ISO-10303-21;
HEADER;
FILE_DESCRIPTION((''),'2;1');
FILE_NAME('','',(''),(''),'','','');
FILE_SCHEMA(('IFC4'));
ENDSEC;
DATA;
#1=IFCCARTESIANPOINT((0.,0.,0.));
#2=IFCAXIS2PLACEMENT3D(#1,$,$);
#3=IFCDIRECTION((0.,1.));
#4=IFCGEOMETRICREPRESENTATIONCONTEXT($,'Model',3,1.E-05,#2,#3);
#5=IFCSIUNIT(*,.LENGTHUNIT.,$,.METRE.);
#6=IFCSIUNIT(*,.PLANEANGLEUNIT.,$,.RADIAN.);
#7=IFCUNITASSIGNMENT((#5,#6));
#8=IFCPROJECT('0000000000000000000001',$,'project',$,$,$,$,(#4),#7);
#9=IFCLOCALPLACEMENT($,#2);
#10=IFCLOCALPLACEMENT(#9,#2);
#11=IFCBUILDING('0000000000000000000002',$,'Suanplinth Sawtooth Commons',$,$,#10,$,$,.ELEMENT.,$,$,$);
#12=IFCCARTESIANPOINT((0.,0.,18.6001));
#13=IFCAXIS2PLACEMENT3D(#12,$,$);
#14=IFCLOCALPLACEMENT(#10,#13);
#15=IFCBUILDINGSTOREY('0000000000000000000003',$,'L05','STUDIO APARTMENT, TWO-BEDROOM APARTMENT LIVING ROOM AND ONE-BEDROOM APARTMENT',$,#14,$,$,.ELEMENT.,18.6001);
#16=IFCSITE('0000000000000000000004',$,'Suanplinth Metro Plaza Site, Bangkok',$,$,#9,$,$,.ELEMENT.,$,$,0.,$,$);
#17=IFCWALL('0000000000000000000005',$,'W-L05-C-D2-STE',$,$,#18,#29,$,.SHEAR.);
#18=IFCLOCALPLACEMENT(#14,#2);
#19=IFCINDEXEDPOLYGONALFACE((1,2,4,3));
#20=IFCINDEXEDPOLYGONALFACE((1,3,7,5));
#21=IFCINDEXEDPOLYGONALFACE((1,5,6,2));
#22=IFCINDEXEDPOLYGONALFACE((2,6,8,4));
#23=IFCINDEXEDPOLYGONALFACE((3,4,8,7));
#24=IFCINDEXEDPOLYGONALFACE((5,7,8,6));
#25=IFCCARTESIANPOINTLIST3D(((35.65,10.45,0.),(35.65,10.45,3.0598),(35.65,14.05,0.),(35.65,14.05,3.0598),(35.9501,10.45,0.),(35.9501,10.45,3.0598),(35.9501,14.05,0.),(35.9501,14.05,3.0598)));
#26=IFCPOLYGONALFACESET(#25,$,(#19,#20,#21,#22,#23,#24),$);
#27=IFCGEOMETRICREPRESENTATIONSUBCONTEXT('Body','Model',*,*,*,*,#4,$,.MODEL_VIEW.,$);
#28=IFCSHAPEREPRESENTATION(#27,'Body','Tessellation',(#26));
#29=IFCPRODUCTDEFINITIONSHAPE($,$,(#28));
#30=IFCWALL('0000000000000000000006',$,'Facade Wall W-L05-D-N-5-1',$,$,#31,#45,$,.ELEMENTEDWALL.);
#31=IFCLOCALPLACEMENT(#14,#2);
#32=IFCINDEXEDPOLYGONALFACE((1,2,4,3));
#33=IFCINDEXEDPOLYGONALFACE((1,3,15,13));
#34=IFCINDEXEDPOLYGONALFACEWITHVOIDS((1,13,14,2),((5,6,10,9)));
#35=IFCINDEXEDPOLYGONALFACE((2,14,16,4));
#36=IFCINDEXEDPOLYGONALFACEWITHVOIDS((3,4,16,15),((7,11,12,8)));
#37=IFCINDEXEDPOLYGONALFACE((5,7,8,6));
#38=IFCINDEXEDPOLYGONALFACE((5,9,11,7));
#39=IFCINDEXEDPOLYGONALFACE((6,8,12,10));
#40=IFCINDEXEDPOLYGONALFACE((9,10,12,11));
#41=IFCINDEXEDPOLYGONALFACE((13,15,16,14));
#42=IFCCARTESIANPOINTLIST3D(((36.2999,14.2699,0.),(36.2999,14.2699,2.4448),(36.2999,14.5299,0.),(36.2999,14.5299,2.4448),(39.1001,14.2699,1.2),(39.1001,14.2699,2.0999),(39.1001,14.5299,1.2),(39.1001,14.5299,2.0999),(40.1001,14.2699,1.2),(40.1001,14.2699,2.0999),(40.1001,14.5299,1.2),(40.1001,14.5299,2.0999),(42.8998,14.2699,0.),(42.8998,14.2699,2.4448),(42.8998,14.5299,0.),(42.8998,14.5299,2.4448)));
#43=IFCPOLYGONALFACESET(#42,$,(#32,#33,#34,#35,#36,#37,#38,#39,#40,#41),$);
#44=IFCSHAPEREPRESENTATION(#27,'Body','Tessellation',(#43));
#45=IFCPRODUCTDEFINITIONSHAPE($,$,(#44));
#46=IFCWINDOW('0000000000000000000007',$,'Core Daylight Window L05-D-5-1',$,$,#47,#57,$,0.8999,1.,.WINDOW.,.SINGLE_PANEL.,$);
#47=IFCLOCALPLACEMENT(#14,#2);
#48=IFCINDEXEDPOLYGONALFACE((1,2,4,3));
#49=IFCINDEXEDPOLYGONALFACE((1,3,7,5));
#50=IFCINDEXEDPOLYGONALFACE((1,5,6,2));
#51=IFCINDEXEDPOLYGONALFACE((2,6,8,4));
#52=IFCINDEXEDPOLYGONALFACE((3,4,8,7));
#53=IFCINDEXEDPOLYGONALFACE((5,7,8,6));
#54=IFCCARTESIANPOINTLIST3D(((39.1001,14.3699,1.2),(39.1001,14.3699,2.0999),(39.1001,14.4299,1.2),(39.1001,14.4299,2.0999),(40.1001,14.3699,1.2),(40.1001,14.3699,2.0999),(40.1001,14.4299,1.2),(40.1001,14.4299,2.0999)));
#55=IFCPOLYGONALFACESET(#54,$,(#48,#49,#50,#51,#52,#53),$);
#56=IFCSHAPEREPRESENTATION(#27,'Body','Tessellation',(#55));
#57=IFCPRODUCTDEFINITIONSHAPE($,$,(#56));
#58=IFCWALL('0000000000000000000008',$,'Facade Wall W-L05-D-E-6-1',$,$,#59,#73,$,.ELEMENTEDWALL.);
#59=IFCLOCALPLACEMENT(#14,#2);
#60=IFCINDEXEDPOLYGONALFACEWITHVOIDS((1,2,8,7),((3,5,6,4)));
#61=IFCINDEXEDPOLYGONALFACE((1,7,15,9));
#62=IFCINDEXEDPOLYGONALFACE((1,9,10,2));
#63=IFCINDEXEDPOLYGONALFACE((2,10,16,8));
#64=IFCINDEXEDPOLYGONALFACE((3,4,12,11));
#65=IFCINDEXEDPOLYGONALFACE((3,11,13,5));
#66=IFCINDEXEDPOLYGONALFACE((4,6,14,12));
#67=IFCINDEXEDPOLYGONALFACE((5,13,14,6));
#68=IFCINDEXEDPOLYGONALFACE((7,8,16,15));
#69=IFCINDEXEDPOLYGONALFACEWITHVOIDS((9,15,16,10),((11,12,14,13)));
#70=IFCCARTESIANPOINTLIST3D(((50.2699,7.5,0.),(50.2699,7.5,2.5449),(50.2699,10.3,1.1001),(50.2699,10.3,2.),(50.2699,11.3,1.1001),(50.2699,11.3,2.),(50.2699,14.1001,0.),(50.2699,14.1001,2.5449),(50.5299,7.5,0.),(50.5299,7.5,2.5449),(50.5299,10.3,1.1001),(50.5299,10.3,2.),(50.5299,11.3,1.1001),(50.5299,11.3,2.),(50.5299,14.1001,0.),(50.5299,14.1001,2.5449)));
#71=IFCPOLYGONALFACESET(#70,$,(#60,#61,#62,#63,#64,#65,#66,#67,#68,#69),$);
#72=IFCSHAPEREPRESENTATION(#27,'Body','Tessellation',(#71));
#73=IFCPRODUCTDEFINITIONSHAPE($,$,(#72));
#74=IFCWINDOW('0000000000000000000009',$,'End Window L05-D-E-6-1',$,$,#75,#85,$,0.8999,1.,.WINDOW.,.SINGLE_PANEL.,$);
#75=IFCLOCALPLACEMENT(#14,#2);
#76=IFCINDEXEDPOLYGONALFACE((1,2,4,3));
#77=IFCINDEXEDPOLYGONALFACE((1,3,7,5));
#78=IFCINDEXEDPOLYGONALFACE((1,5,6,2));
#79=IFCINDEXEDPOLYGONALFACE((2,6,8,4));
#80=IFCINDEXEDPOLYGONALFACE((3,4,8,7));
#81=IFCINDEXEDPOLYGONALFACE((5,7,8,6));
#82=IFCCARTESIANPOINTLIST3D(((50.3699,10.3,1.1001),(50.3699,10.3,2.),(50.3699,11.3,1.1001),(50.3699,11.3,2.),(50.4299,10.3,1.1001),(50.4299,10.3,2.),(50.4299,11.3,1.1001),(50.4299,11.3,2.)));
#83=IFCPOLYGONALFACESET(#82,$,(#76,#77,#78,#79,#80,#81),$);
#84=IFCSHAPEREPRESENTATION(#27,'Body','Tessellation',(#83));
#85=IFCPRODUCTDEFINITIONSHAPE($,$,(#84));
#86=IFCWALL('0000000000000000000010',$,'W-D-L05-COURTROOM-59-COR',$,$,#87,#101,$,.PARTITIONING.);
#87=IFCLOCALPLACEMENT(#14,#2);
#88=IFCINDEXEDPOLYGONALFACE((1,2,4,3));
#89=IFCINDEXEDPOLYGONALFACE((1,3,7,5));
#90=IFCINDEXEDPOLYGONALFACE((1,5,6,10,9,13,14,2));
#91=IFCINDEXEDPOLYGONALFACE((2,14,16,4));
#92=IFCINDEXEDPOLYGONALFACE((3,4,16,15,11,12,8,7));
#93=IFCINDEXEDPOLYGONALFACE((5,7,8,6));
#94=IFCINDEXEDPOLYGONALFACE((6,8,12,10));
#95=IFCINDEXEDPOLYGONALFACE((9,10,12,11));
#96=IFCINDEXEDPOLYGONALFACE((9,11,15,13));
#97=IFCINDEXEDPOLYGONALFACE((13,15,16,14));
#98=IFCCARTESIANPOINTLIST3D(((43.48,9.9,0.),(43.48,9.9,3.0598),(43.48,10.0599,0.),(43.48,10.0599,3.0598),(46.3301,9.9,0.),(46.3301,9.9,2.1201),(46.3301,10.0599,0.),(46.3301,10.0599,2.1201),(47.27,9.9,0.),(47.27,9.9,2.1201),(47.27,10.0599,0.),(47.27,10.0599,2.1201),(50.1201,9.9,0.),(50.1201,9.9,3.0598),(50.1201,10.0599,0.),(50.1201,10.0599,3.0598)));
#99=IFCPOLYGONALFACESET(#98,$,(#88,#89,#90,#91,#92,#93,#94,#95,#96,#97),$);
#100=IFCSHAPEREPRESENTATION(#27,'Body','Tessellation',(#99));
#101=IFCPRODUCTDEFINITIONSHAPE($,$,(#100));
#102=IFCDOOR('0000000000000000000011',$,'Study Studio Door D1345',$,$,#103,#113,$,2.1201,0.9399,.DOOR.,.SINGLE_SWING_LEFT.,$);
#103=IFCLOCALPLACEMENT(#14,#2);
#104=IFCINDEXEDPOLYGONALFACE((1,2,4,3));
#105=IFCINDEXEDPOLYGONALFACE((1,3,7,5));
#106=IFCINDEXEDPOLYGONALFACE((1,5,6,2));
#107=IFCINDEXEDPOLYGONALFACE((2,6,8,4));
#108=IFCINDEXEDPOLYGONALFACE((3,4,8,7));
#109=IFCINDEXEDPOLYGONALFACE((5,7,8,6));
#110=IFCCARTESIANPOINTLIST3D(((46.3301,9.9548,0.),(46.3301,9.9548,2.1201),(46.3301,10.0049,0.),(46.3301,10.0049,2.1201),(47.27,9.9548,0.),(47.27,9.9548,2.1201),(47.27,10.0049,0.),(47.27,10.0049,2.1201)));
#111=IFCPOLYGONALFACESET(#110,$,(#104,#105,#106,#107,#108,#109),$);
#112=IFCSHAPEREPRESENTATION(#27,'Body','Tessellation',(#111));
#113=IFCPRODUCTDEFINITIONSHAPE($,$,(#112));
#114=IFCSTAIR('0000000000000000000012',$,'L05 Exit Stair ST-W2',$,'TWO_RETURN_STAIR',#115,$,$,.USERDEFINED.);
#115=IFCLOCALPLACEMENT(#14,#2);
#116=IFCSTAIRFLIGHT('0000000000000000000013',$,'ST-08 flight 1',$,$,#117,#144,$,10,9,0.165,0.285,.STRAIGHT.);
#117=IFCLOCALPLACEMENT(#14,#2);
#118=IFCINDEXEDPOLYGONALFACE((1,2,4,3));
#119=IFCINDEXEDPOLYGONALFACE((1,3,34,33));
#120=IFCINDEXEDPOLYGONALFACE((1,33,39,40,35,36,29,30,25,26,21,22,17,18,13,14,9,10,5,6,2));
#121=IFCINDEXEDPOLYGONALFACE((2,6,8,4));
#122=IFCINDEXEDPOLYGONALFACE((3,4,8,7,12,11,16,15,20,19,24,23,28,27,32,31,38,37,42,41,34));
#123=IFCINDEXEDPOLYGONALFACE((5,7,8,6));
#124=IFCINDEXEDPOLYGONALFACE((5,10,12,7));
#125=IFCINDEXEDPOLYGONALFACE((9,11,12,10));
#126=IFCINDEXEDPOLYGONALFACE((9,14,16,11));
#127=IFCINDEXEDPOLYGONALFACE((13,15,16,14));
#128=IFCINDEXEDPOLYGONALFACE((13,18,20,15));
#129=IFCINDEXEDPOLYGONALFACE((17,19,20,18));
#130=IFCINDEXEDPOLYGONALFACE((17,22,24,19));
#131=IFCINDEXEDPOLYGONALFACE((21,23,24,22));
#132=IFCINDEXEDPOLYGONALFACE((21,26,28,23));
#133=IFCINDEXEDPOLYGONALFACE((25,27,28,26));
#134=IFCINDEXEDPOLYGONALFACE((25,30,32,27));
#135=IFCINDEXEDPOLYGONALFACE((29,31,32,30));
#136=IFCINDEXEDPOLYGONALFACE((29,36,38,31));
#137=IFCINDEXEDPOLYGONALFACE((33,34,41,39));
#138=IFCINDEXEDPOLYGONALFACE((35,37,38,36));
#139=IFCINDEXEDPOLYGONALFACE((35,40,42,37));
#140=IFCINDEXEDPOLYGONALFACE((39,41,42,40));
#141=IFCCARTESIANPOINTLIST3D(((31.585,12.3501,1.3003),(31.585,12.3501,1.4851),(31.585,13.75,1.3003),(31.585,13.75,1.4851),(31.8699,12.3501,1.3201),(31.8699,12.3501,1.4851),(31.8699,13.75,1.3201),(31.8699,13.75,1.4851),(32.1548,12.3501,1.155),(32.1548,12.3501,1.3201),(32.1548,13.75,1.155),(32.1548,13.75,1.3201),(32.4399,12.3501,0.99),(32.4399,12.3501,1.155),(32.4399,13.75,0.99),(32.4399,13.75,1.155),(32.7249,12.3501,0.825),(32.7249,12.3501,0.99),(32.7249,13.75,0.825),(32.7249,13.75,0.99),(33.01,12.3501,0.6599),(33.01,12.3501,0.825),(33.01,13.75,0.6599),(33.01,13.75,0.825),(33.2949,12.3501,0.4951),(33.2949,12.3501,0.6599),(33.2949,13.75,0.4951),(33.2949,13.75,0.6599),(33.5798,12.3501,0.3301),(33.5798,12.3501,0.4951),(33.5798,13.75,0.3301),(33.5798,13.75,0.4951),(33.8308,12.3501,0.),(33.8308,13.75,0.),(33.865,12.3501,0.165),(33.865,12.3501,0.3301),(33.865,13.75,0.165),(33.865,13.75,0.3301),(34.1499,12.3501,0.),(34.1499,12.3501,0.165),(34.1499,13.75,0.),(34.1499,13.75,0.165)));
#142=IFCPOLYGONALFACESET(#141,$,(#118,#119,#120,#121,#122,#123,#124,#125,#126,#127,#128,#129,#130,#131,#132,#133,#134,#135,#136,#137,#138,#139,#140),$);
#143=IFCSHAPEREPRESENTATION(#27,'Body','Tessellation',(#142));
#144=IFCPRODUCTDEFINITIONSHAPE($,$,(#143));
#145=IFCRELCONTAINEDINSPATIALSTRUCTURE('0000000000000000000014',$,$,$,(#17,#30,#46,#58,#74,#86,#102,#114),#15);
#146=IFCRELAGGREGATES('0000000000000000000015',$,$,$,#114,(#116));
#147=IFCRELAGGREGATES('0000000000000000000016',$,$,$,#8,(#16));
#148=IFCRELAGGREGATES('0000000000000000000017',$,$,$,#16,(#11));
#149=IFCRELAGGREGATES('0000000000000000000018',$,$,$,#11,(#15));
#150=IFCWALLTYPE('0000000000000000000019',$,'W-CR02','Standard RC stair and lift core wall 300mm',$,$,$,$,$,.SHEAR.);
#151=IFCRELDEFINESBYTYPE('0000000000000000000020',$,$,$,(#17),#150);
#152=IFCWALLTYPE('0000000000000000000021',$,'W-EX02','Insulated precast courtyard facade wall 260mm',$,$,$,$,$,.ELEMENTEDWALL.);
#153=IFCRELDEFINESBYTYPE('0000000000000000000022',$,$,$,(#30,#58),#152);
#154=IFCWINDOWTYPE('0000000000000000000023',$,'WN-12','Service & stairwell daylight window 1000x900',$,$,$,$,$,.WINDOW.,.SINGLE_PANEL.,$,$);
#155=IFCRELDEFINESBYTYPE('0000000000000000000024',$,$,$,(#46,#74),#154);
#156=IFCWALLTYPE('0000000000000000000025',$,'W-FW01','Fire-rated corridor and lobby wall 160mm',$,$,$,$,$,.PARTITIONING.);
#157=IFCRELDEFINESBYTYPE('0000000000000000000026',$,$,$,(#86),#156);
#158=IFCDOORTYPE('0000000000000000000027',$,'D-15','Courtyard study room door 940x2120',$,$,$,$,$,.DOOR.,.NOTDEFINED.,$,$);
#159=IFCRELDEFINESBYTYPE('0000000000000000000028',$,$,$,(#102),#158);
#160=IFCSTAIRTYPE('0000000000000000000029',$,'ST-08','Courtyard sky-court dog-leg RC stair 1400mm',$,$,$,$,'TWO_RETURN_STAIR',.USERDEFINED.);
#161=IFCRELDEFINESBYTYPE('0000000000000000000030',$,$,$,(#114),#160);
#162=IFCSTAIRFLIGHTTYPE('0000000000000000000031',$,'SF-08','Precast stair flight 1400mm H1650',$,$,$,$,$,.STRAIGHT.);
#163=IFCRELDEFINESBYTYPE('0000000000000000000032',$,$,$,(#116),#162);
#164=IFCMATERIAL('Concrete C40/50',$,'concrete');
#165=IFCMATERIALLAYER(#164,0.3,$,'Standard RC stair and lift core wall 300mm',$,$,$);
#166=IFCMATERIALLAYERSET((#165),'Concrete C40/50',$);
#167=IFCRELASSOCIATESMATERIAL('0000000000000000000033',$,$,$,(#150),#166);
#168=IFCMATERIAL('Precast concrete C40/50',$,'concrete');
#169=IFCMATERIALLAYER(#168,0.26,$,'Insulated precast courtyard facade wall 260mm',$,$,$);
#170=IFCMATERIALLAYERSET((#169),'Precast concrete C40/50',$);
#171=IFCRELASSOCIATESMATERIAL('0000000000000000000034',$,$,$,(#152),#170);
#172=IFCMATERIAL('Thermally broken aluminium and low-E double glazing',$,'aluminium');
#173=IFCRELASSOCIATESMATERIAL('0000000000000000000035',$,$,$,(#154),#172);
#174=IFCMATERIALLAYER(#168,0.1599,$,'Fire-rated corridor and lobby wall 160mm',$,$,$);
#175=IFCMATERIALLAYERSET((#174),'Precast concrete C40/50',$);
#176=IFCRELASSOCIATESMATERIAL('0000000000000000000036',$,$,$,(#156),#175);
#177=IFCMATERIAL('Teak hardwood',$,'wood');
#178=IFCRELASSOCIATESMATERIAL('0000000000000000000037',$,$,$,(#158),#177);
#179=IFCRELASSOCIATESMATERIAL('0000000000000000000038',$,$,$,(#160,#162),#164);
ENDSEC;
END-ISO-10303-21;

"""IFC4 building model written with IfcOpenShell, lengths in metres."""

from ifc_helpers import new_model, si_unit, direction, frame, frame_2d, origin, place, context, subcontext, project, spatial, polyline, rectangle, outline, extrude, material, layer, layer_set, type_object, element, fill, aggregate, save


model = new_model("IFC4")

# Units and contexts
model_context = context("Model", 3, precision=1e-05, world=origin(), true_north=direction((0.0, 1.0)))
body_context = subcontext(model_context, "Body", "Model", "MODEL_VIEW")
ifc_project = project(units=[si_unit("LENGTHUNIT", "METRE"), si_unit("PLANEANGLEUNIT", "RADIAN")], contexts=[model_context])

# Site, building, storey
site_placement = place(None, origin())
site = spatial("IfcSite", under=ifc_project, at=site_placement, Name="Suanplinth Metro Plaza Site, Bangkok", CompositionType="ELEMENT", RefElevation=0.0)
building_placement = place(site_placement, origin())
building = spatial("IfcBuilding", under=site, at=building_placement, Name="Suanplinth Sawtooth Commons", CompositionType="ELEMENT")
storey_placement = place(building_placement, frame((0.0, 0.0, 18.6001)))
storey = spatial("IfcBuildingStorey", under=building, at=storey_placement, Name="L05", Description="STUDIO APARTMENT, TWO-BEDROOM APARTMENT LIVING ROOM AND ONE-BEDROOM APARTMENT", CompositionType="ELEMENT", Elevation=18.6001)

# Shared definitions
ifc_material_1 = material(Name="Precast concrete C40/50", Category="concrete")

# Wall
ifc_material_2 = material(Name="Concrete C40/50", Category="concrete")
ifc_layer_1 = layer(ifc_material_2, 0.3, Name="Standard RC stair and lift core wall 300mm")
ifc_layer_set_1 = layer_set([ifc_layer_1], Name="Concrete C40/50")
wall_type_1 = type_object("IfcWallType", Name="W-CR02", Description="Standard RC stair and lift core wall 300mm", PredefinedType="SHEAR", material=ifc_layer_set_1)
wall_1_placement = place(storey_placement, frame((35.8, 10.45, 0.0), z_axis=(0.0, 0.0, 1.0), x_axis=(0.0, 1.0, 0.0)))
element("IfcWall", 1, at=wall_1_placement, inside=storey, type_object=wall_type_1, Name="W-L05-C-D2-STE", PredefinedType="SHEAR", context=body_context, shape_type="SweptSolid", body=[
    extrude(rectangle(XDim=3.6001, YDim=0.3, at=frame_2d((1.8, 0.0))), origin(), (0.0, 0.0, 1.0), 3.0598),
])

# Wall, opening, window
ifc_layer_2 = layer(ifc_material_1, 0.26, Name="Insulated precast courtyard facade wall 260mm")
ifc_layer_set_2 = layer_set([ifc_layer_2], Name="Precast concrete C40/50")
wall_type_2 = type_object("IfcWallType", Name="W-EX02", Description="Insulated precast courtyard facade wall 260mm", PredefinedType="ELEMENTEDWALL", material=ifc_layer_set_2)
wall_2_placement = place(storey_placement, frame((36.3, 14.3999, 0.0), z_axis=(0.0, 0.0, 1.0), x_axis=(1.0, 0.0, 0.0)))
wall_2 = element("IfcWall", 2, at=wall_2_placement, inside=storey, type_object=wall_type_2, Name="Facade Wall W-L05-D-N-5-1", PredefinedType="ELEMENTEDWALL", context=body_context, shape_type="SweptSolid", body=[
    extrude(rectangle(XDim=6.5999, YDim=0.26, at=frame_2d((3.2998, 0.0))), origin(), (0.0, 0.0, 1.0), 2.4448),
])
opening_1_placement = place(wall_2_placement, frame((2.8, 0.0, 1.2)))
opening_1 = element("IfcOpeningElement", 3, at=opening_1_placement, cuts=wall_2, PredefinedType="OPENING", context=body_context, shape_type="SweptSolid", body=[
    extrude(rectangle(XDim=1.0, YDim=0.8999, at=frame_2d((0.5, 0.45))), frame((0.0, 0.145, 0.0), z_axis=(0.0, -1.0, 0.0), x_axis=(1.0, 0.0, 0.0)), (0.0, 0.0, 1.0), 0.2898),
])
ifc_material_3 = material(Name="Thermally broken aluminium and low-E double glazing", Category="aluminium")
window_type_1 = type_object("IfcWindowType", Name="WN-12", Description="Service & stairwell daylight window 1000x900", PartitioningType="SINGLE_PANEL", PredefinedType="WINDOW", material=ifc_material_3)
window_1_placement = place(opening_1_placement, origin())
window_1 = element("IfcWindow", 4, at=window_1_placement, inside=storey, type_object=window_type_1, Name="Core Daylight Window L05-D-5-1", OverallHeight=0.8999, OverallWidth=1.0, PartitioningType="SINGLE_PANEL", PredefinedType="WINDOW", context=body_context, shape_type="SweptSolid", body=[
    extrude(rectangle(XDim=1.0, YDim=0.8999, at=frame_2d((0.5, 0.45))), frame((0.0, 0.03, 0.0), z_axis=(0.0, -1.0, 0.0), x_axis=(1.0, 0.0, 0.0)), (0.0, 0.0, 1.0), 0.0601),
])
fill(opening_1, window_1)

# Wall, opening, window
wall_3_placement = place(storey_placement, frame((50.3999, 7.5, 0.0), z_axis=(0.0, 0.0, 1.0), x_axis=(0.0, 1.0, 0.0)))
wall_3 = element("IfcWall", 5, at=wall_3_placement, inside=storey, type_object=wall_type_2, Name="Facade Wall W-L05-D-E-6-1", PredefinedType="ELEMENTEDWALL", context=body_context, shape_type="SweptSolid", body=[
    extrude(rectangle(XDim=6.6001, YDim=0.26, at=frame_2d((3.3, 0.0))), origin(), (0.0, 0.0, 1.0), 2.5449),
])
opening_2_placement = place(wall_3_placement, frame((2.8, 0.0, 1.1001)))
opening_2 = element("IfcOpeningElement", 6, at=opening_2_placement, cuts=wall_3, PredefinedType="OPENING", context=body_context, shape_type="SweptSolid", body=[
    extrude(rectangle(XDim=1.0, YDim=0.8999, at=frame_2d((0.5, 0.45))), frame((0.0, 0.145, 0.0), z_axis=(0.0, -1.0, 0.0), x_axis=(1.0, 0.0, 0.0)), (0.0, 0.0, 1.0), 0.2898),
])
window_2_placement = place(opening_2_placement, origin())
window_2 = element("IfcWindow", 7, at=window_2_placement, inside=storey, type_object=window_type_1, Name="End Window L05-D-E-6-1", OverallHeight=0.8999, OverallWidth=1.0, PartitioningType="SINGLE_PANEL", PredefinedType="WINDOW", context=body_context, shape_type="SweptSolid", body=[
    extrude(rectangle(XDim=1.0, YDim=0.8999, at=frame_2d((0.5, 0.45))), frame((0.0, 0.03, 0.0), z_axis=(0.0, -1.0, 0.0), x_axis=(1.0, 0.0, 0.0)), (0.0, 0.0, 1.0), 0.0601),
])
fill(opening_2, window_2)

# Wall, opening, door
ifc_layer_3 = layer(ifc_material_1, 0.1599, Name="Fire-rated corridor and lobby wall 160mm")
ifc_layer_set_3 = layer_set([ifc_layer_3], Name="Precast concrete C40/50")
wall_type_3 = type_object("IfcWallType", Name="W-FW01", Description="Fire-rated corridor and lobby wall 160mm", PredefinedType="PARTITIONING", material=ifc_layer_set_3)
wall_4_placement = place(storey_placement, frame((43.48, 9.98, 0.0), z_axis=(0.0, 0.0, 1.0), x_axis=(1.0, 0.0, 0.0)))
wall_4 = element("IfcWall", 8, at=wall_4_placement, inside=storey, type_object=wall_type_3, Name="W-D-L05-COURTROOM-59-COR", PredefinedType="PARTITIONING", context=body_context, shape_type="SweptSolid", body=[
    extrude(rectangle(XDim=6.6401, YDim=0.1599, at=frame_2d((3.3201, 0.0))), origin(), (0.0, 0.0, 1.0), 3.0598),
])
opening_3_placement = place(wall_4_placement, frame((2.8501, 0.0, 0.0)))
opening_3 = element("IfcOpeningElement", 9, at=opening_3_placement, cuts=wall_4, PredefinedType="OPENING", context=body_context, shape_type="SweptSolid", body=[
    extrude(rectangle(XDim=0.9399, YDim=2.1201, at=frame_2d((0.47, 1.0601))), frame((0.0, 0.0947, 0.0), z_axis=(0.0, -1.0, 0.0), x_axis=(1.0, 0.0, 0.0)), (0.0, 0.0, 1.0), 0.1897),
])
ifc_material_4 = material(Name="Teak hardwood", Category="wood")
door_type_1 = type_object("IfcDoorType", Name="D-15", Description="Courtyard study room door 940x2120", OperationType="NOTDEFINED", PredefinedType="DOOR", material=ifc_material_4)
door_1_placement = place(opening_3_placement, origin())
door_1 = element("IfcDoor", 10, at=door_1_placement, inside=storey, type_object=door_type_1, Name="Study Studio Door D1345", OperationType="SINGLE_SWING_LEFT", OverallHeight=2.1201, OverallWidth=0.9399, PredefinedType="DOOR", context=body_context, shape_type="SweptSolid", body=[
    extrude(rectangle(XDim=0.9399, YDim=2.1201, at=frame_2d((0.47, 1.0601))), frame((0.0, 0.0249, 0.0), z_axis=(0.0, -1.0, 0.0), x_axis=(1.0, 0.0, 0.0)), (0.0, 0.0, 1.0), 0.05),
])
fill(opening_3, door_1)

# Stair, stair flight
stair_type = type_object("IfcStairType", Name="ST-08", Description="Courtyard sky-court dog-leg RC stair 1400mm", ElementType="TWO_RETURN_STAIR", PredefinedType="USERDEFINED", material=ifc_material_2)
stair_placement = place(storey_placement, origin())
stair = element("IfcStair", 11, at=stair_placement, inside=storey, type_object=stair_type, Name="L05 Exit Stair ST-W2", ObjectType="TWO_RETURN_STAIR", PredefinedType="USERDEFINED")
stair_flight_type = type_object("IfcStairFlightType", Name="SF-08", Description="Precast stair flight 1400mm H1650", PredefinedType="STRAIGHT", material=ifc_material_2)
stair_flight_placement = place(storey_placement, frame((34.1499, 13.05, 0.0), z_axis=(0.0, 0.0, 1.0), x_axis=(-1.0, 0.0, 0.0)))
stair_flight = element("IfcStairFlight", 12, at=stair_flight_placement, type_object=stair_flight_type, Name="ST-08 flight 1", NumberOfRisers=10, NumberOfTreads=9, PredefinedType="STRAIGHT", RiserHeight=0.165, TreadLength=0.285, context=body_context, shape_type="SweptSolid", body=[
    extrude(outline(polyline([(0.0, 0.0), (0.0, 0.165), (0.2849, 0.165), (0.2849, 0.3301), (0.5701, 0.3301), (0.5701, 0.4951), (0.855, 0.4951), (0.855, 0.6599), (1.1399, 0.6599), (1.1399, 0.825), (1.425, 0.825), (1.425, 0.99), (1.71, 0.99), (1.71, 1.155), (1.9951, 1.155), (1.9951, 1.3201), (2.28, 1.3201), (2.28, 1.4851), (2.5649, 1.4851), (2.5649, 1.6499), (2.5649, 1.3003), (0.3191, 0.0), (0.0, 0.0)])), frame((0.0, 0.7, 0.0), z_axis=(0.0, -1.0, 0.0), x_axis=(1.0, 0.0, 0.0)), (0.0, 0.0, 1.0), 1.3999),
])
aggregate(stair, [stair_flight])

save(model, "model.ifc")
